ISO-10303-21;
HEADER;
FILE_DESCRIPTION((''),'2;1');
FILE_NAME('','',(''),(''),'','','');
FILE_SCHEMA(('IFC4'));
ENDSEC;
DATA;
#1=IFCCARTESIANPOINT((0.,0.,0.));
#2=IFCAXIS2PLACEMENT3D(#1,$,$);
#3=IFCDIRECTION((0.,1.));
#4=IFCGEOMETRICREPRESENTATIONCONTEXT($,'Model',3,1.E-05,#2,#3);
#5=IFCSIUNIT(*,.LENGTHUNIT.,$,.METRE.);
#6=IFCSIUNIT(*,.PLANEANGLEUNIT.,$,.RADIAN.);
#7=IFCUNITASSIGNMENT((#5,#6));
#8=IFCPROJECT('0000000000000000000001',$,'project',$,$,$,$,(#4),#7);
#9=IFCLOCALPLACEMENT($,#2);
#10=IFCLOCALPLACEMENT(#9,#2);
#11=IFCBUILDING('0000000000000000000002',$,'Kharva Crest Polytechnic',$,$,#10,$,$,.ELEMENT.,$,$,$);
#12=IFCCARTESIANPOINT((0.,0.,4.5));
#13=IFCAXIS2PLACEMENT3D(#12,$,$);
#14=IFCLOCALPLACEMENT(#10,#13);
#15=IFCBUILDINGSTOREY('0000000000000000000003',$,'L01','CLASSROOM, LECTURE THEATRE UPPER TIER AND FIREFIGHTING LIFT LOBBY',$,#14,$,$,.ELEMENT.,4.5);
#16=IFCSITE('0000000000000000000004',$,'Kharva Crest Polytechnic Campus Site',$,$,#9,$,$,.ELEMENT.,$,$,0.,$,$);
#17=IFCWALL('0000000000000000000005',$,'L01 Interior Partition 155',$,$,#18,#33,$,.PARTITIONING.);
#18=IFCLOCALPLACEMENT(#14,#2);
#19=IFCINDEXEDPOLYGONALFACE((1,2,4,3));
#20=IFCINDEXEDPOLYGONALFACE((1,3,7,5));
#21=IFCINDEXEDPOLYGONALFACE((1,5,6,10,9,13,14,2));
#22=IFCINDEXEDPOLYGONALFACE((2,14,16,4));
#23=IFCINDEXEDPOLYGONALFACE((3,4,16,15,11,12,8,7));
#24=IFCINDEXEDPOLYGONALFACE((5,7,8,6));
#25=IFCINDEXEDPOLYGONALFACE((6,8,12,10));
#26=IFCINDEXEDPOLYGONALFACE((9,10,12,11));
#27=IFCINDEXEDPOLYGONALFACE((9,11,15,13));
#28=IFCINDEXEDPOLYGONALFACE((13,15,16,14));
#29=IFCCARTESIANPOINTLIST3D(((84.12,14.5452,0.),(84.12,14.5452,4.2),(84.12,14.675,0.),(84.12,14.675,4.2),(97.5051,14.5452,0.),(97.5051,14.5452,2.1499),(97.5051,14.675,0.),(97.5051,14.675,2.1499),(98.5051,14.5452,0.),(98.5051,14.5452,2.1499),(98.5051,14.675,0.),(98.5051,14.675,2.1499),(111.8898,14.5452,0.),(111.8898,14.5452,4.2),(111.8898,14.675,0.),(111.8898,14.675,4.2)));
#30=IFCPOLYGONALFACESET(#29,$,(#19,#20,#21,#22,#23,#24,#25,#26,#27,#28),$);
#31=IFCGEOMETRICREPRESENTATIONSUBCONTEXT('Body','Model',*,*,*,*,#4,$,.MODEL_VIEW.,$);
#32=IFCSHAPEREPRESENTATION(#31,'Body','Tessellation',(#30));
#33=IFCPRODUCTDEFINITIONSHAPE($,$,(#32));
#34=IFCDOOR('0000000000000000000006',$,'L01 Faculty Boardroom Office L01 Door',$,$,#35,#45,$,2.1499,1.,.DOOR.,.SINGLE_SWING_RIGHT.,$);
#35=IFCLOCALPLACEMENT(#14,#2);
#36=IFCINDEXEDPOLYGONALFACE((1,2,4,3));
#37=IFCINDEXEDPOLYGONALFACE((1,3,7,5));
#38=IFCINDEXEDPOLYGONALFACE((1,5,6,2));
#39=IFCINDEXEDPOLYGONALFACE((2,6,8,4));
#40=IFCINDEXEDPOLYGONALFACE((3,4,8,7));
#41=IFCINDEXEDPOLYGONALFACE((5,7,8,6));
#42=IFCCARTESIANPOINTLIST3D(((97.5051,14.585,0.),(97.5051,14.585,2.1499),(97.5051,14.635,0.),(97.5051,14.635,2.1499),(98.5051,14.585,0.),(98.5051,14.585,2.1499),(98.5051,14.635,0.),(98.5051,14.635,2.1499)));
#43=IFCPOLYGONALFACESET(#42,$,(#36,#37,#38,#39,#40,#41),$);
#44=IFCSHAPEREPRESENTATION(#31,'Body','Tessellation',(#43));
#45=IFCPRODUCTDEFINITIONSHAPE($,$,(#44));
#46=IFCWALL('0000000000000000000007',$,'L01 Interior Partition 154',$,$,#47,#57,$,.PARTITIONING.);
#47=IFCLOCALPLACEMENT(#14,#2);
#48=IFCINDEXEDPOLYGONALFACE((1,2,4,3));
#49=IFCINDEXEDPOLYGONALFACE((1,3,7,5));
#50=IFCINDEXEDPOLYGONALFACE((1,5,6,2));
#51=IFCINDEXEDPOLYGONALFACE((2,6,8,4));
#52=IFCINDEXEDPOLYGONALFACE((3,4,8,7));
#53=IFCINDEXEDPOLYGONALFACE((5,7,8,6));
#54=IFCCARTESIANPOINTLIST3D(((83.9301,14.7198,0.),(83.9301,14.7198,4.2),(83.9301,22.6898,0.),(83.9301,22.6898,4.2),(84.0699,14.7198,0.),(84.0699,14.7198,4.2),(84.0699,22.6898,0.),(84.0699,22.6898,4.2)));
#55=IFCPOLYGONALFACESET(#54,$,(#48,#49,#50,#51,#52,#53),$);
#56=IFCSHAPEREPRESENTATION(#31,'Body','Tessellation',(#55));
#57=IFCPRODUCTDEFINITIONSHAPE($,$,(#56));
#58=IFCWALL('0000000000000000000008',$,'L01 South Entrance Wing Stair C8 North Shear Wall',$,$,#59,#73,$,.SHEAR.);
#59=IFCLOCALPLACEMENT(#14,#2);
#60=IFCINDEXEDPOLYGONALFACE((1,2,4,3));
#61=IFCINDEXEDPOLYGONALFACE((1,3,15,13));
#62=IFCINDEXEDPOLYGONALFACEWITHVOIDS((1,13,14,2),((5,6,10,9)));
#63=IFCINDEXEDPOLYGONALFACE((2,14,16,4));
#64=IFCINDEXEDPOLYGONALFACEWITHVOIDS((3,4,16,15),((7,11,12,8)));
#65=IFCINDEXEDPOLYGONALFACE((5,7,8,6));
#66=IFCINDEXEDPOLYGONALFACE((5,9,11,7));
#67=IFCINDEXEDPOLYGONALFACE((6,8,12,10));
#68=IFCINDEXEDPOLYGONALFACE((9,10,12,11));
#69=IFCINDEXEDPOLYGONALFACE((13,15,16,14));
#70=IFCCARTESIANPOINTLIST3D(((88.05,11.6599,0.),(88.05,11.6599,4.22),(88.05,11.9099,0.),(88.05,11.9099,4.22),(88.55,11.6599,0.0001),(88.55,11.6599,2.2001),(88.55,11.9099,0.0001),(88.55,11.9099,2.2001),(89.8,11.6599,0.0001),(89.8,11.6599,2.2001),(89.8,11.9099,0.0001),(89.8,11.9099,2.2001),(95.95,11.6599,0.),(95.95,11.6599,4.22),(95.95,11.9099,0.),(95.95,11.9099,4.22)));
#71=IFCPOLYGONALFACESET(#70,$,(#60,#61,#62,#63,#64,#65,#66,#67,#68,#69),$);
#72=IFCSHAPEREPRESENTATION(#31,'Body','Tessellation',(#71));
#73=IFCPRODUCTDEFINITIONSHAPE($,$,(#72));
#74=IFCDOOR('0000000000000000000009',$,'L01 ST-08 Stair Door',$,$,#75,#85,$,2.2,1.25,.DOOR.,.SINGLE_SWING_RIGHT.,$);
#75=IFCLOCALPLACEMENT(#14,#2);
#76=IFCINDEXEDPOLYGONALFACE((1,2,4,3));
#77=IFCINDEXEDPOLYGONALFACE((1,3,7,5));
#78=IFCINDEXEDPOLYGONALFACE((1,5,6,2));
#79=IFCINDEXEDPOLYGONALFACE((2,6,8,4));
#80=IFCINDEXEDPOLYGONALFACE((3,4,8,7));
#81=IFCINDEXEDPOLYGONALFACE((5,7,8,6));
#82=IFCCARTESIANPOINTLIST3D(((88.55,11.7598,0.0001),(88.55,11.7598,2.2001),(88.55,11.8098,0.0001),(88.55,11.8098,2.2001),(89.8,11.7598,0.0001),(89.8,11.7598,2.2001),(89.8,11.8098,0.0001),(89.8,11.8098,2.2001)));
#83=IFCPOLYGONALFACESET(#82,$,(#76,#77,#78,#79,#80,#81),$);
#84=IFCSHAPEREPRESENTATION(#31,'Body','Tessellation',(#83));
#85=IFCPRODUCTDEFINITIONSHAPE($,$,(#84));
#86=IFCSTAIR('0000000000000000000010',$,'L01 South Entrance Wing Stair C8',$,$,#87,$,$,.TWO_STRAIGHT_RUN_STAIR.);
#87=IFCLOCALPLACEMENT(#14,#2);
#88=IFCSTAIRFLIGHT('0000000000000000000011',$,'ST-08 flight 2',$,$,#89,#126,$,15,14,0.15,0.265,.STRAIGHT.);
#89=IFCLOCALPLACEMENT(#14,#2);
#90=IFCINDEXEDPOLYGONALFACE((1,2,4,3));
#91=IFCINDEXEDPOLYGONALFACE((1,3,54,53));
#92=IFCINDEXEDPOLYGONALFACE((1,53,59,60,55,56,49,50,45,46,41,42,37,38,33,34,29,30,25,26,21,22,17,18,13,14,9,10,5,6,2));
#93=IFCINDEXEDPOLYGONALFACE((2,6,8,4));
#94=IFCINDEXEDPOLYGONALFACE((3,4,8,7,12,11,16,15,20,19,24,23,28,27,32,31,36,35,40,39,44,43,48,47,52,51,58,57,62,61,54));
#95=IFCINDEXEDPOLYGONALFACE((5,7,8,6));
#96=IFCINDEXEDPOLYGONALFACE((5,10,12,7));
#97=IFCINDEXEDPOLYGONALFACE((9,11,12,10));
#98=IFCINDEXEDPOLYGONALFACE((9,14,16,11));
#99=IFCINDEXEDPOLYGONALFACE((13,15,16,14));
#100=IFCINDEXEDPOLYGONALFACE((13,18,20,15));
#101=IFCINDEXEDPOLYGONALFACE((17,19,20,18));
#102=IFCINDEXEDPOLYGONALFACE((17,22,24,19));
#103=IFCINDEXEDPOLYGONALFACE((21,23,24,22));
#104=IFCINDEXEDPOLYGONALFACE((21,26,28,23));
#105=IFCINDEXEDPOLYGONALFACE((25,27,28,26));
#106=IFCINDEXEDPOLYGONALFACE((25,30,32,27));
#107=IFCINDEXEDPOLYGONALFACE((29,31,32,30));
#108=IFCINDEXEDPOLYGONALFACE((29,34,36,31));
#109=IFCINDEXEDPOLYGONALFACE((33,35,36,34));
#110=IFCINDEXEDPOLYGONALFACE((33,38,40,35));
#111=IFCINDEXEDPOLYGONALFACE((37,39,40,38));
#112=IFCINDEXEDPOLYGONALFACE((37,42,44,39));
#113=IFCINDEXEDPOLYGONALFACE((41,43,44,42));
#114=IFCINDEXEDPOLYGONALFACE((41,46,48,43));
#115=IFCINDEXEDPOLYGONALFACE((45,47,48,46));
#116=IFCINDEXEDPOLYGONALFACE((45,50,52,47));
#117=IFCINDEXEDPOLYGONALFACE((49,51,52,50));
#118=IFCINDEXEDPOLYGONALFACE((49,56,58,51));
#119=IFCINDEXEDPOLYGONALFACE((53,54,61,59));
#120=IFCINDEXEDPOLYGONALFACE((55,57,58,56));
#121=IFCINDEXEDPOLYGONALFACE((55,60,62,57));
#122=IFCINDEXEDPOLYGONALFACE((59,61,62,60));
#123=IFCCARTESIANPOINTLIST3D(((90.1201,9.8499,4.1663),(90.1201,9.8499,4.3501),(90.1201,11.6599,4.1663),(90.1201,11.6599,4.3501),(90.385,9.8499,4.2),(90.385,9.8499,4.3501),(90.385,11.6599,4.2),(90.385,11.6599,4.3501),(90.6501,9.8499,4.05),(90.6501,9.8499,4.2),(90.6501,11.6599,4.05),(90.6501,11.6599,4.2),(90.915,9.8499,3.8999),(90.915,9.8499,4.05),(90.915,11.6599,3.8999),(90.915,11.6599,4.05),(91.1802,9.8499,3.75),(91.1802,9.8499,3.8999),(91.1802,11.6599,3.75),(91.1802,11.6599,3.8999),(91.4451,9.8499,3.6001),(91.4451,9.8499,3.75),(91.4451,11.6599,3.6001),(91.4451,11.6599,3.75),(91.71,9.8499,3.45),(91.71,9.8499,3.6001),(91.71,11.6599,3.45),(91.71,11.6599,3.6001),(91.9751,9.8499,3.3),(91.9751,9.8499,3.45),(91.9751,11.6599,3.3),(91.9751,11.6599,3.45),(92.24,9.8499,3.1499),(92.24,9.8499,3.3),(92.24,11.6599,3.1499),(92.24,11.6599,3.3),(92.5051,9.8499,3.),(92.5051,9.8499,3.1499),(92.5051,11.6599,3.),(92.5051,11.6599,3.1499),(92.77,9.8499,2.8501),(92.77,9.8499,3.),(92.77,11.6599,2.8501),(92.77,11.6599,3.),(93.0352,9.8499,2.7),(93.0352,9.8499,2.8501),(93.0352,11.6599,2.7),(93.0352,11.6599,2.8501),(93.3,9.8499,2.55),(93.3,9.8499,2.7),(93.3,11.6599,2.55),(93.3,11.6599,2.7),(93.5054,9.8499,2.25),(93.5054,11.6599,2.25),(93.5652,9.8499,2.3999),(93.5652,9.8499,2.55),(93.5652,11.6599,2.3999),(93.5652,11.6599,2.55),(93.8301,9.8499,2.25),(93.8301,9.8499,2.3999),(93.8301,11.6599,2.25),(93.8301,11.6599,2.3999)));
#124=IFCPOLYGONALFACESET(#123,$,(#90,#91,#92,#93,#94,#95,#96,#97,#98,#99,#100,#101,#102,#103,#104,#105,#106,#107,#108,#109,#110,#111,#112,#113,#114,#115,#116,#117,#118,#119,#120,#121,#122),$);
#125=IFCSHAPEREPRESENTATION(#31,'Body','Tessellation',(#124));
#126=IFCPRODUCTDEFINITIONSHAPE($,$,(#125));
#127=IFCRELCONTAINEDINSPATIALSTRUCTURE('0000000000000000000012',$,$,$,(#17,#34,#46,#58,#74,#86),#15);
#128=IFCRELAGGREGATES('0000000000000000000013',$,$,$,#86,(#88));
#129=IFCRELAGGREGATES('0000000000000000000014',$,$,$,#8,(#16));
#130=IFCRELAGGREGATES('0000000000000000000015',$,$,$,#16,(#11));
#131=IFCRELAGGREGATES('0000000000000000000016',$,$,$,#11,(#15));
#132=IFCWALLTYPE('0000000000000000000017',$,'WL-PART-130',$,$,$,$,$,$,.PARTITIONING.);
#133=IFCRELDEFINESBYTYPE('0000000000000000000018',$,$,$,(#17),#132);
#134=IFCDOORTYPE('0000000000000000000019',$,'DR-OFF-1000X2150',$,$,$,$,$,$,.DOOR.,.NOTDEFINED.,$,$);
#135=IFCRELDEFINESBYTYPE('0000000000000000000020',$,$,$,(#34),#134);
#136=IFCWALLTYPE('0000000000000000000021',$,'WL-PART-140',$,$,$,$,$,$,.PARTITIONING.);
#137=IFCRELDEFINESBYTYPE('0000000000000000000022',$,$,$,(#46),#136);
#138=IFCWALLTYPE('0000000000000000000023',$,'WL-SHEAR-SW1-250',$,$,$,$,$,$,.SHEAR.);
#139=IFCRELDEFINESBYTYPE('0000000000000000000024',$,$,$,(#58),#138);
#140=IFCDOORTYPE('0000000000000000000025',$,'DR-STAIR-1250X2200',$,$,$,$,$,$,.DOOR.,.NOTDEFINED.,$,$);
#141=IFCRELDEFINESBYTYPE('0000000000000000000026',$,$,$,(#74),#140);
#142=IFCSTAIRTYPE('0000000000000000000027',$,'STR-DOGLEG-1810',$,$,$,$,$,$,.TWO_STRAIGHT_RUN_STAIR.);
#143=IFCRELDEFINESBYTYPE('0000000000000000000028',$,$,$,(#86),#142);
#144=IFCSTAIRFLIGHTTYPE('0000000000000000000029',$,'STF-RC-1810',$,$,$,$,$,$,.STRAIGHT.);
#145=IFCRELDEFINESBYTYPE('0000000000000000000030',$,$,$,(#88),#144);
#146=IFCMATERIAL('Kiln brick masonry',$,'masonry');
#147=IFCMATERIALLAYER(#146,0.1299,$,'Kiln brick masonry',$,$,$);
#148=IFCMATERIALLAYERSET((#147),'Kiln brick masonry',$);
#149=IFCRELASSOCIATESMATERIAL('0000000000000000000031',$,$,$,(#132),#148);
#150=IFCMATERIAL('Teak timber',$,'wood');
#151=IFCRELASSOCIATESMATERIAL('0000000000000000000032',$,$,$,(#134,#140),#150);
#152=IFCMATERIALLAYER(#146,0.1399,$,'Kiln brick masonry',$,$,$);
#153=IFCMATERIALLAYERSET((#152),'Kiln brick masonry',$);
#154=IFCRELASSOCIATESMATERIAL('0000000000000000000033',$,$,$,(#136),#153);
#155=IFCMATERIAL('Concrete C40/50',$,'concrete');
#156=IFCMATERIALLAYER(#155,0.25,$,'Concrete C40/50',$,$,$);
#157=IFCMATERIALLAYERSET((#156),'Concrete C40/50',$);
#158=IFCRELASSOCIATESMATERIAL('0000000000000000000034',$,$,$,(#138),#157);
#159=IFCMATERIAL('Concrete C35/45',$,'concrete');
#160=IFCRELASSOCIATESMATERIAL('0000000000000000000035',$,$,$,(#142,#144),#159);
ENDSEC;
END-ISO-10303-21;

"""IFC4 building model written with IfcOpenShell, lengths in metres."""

from ifc_helpers import new_model, si_unit, direction, frame, frame_2d, origin, place, context, subcontext, project, spatial, polyline, rectangle, outline, extrude, material, layer, layer_set, type_object, element, fill, aggregate, save


model = new_model("IFC4")

# Units and contexts
model_context = context("Model", 3, precision=1e-05, world=origin(), true_north=direction((0.0, 1.0)))
body_context = subcontext(model_context, "Body", "Model", "MODEL_VIEW")
ifc_project = project(units=[si_unit("LENGTHUNIT", "METRE"), si_unit("PLANEANGLEUNIT", "RADIAN")], contexts=[model_context])

# Site, building, storey
site_placement = place(None, origin())
site = spatial("IfcSite", under=ifc_project, at=site_placement, Name="Kharva Crest Polytechnic Campus Site", CompositionType="ELEMENT", RefElevation=0.0)
building_placement = place(site_placement, origin())
building = spatial("IfcBuilding", under=site, at=building_placement, Name="Kharva Crest Polytechnic", CompositionType="ELEMENT")
storey_placement = place(building_placement, frame((0.0, 0.0, 4.5)))
storey = spatial("IfcBuildingStorey", under=building, at=storey_placement, Name="L01", Description="CLASSROOM, LECTURE THEATRE UPPER TIER AND FIREFIGHTING LIFT LOBBY", CompositionType="ELEMENT", Elevation=4.5)

# Shared definitions
ifc_material_1 = material(Name="Concrete C40/50", Category="concrete")

# Shared definitions
ifc_material_2 = material(Name="Concrete C35/45", Category="concrete")

# Shared definitions
ifc_material_3 = material(Name="Kiln brick masonry", Category="masonry")

# Wall, opening, door
ifc_layer_1 = layer(ifc_material_3, 0.1299, Name="Kiln brick masonry")
ifc_layer_set_1 = layer_set([ifc_layer_1], Name="Kiln brick masonry")
wall_type_1 = type_object("IfcWallType", Name="WL-PART-130", PredefinedType="PARTITIONING", material=ifc_layer_set_1)
wall_1_placement = place(storey_placement, frame((84.1201, 14.6101, 0.0), z_axis=(0.0, 0.0, 1.0), x_axis=(1.0, 0.0, 0.0)))
wall_1 = element("IfcWall", 1, at=wall_1_placement, inside=storey, type_object=wall_type_1, Name="L01 Interior Partition 155", PredefinedType="PARTITIONING", context=body_context, shape_type="SweptSolid", body=[
    extrude(rectangle(XDim=27.7698, YDim=0.1299, at=frame_2d((13.8848, 0.0))), origin(), (0.0, 0.0, 1.0), 4.2),
])
opening_1_placement = place(wall_1_placement, frame((13.385, 0.0, 0.0)))
opening_1 = element("IfcOpeningElement", 2, at=opening_1_placement, cuts=wall_1, PredefinedType="OPENING", context=body_context, shape_type="SweptSolid", body=[
    extrude(rectangle(XDim=1.0, YDim=2.1499, at=frame_2d((0.5, 1.075))), frame((0.0, 0.075, 0.0), z_axis=(0.0, -1.0, 0.0), x_axis=(1.0, 0.0, 0.0)), (0.0, 0.0, 1.0), 0.1499),
])
ifc_material_4 = material(Name="Teak timber", Category="wood")
door_type_1 = type_object("IfcDoorType", Name="DR-OFF-1000X2150", OperationType="NOTDEFINED", PredefinedType="DOOR", material=ifc_material_4)
door_1_placement = place(opening_1_placement, origin())
door_1 = element("IfcDoor", 3, at=door_1_placement, inside=storey, type_object=door_type_1, Name="L01 Faculty Boardroom Office L01 Door", OperationType="SINGLE_SWING_RIGHT", OverallHeight=2.1499, OverallWidth=1.0, PredefinedType="DOOR", context=body_context, shape_type="SweptSolid", body=[
    extrude(rectangle(XDim=1.0, YDim=2.1499, at=frame_2d((0.5, 1.075))), frame((0.0, 0.0249, 0.0), z_axis=(0.0, -1.0, 0.0), x_axis=(1.0, 0.0, 0.0)), (0.0, 0.0, 1.0), 0.05),
])
fill(opening_1, door_1)

# Wall
ifc_layer_2 = layer(ifc_material_3, 0.1399, Name="Kiln brick masonry")
ifc_layer_set_2 = layer_set([ifc_layer_2], Name="Kiln brick masonry")
wall_type_2 = type_object("IfcWallType", Name="WL-PART-140", PredefinedType="PARTITIONING", material=ifc_layer_set_2)
wall_2_placement = place(storey_placement, frame((84.0, 14.72, 0.0), z_axis=(0.0, 0.0, 1.0), x_axis=(0.0, 1.0, 0.0)))
element("IfcWall", 4, at=wall_2_placement, inside=storey, type_object=wall_type_2, Name="L01 Interior Partition 154", PredefinedType="PARTITIONING", context=body_context, shape_type="SweptSolid", body=[
    extrude(rectangle(XDim=7.97, YDim=0.1399, at=frame_2d((3.9849, 0.0))), origin(), (0.0, 0.0, 1.0), 4.2),
])

# Wall, opening, door
ifc_layer_3 = layer(ifc_material_1, 0.25, Name="Concrete C40/50")
ifc_layer_set_3 = layer_set([ifc_layer_3], Name="Concrete C40/50")
wall_type_3 = type_object("IfcWallType", Name="WL-SHEAR-SW1-250", PredefinedType="SHEAR", material=ifc_layer_set_3)
wall_3_placement = place(storey_placement, frame((88.05, 11.7849, 0.0), z_axis=(0.0, 0.0, 1.0), x_axis=(1.0, 0.0, 0.0)))
wall_3 = element("IfcWall", 5, at=wall_3_placement, inside=storey, type_object=wall_type_3, Name="L01 South Entrance Wing Stair C8 North Shear Wall", PredefinedType="SHEAR", context=body_context, shape_type="SweptSolid", body=[
    extrude(rectangle(XDim=7.8999, YDim=0.25, at=frame_2d((3.95, 0.0))), origin(), (0.0, 0.0, 1.0), 4.22),
])
opening_2_placement = place(wall_3_placement, frame((0.5, 0.0, 0.0)))
opening_2 = element("IfcOpeningElement", 6, at=opening_2_placement, cuts=wall_3, PredefinedType="OPENING", context=body_context, shape_type="SweptSolid", body=[
    extrude(rectangle(XDim=1.25, YDim=2.2, at=frame_2d((0.625, 1.1001))), frame((0.0, 0.135, 0.0), z_axis=(0.0, -1.0, 0.0), x_axis=(1.0, 0.0, 0.0)), (0.0, 0.0, 1.0), 0.27),
])
door_type_2 = type_object("IfcDoorType", Name="DR-STAIR-1250X2200", OperationType="NOTDEFINED", PredefinedType="DOOR", material=ifc_material_4)
door_2_placement = place(opening_2_placement, origin())
door_2 = element("IfcDoor", 7, at=door_2_placement, inside=storey, type_object=door_type_2, Name="L01 ST-08 Stair Door", OperationType="SINGLE_SWING_RIGHT", OverallHeight=2.2, OverallWidth=1.25, PredefinedType="DOOR", context=body_context, shape_type="SweptSolid", body=[
    extrude(rectangle(XDim=1.25, YDim=2.2, at=frame_2d((0.625, 1.1001))), frame((0.0, 0.0249, 0.0), z_axis=(0.0, -1.0, 0.0), x_axis=(1.0, 0.0, 0.0)), (0.0, 0.0, 1.0), 0.05),
])
fill(opening_2, door_2)

# Stair, stair flight
stair_type = type_object("IfcStairType", Name="STR-DOGLEG-1810", PredefinedType="TWO_STRAIGHT_RUN_STAIR", material=ifc_material_2)
stair_placement = place(storey_placement, origin())
stair = element("IfcStair", 8, at=stair_placement, inside=storey, type_object=stair_type, Name="L01 South Entrance Wing Stair C8", PredefinedType="TWO_STRAIGHT_RUN_STAIR")
stair_flight_type = type_object("IfcStairFlightType", Name="STF-RC-1810", PredefinedType="STRAIGHT", material=ifc_material_2)
stair_flight_placement = place(storey_placement, frame((93.8301, 10.7549, 2.25), z_axis=(0.0, 0.0, 1.0), x_axis=(-1.0, 0.0, 0.0)))
stair_flight = element("IfcStairFlight", 9, at=stair_flight_placement, type_object=stair_flight_type, Name="ST-08 flight 2", NumberOfRisers=15, NumberOfTreads=14, PredefinedType="STRAIGHT", RiserHeight=0.15, TreadLength=0.265, context=body_context, shape_type="SweptSolid", body=[
    extrude(outline(polyline([(0.0, 0.0), (0.0, 0.1499), (0.2649, 0.1499), (0.2649, 0.3), (0.53, 0.3), (0.53, 0.45), (0.7949, 0.45), (0.7949, 0.6001), (1.0601, 0.6001), (1.0601, 0.75), (1.325, 0.75), (1.325, 0.8999), (1.5901, 0.8999), (1.5901, 1.05), (1.855, 1.05), (1.855, 1.2), (2.1201, 1.2), (2.1201, 1.3501), (2.385, 1.3501), (2.385, 1.5), (2.6499, 1.5), (2.6499, 1.6499), (2.915, 1.6499), (2.915, 1.8), (3.1799, 1.8), (3.1799, 1.95), (3.4451, 1.95), (3.4451, 2.1001), (3.71, 2.1001), (3.71, 2.25), (3.71, 1.9163), (0.3247, 0.0), (0.0, 0.0)])), frame((0.0, 0.905, 0.0), z_axis=(0.0, -1.0, 0.0), x_axis=(1.0, 0.0, 0.0)), (0.0, 0.0, 1.0), 1.8101),
])
aggregate(stair, [stair_flight])

save(model, "model.ifc")
